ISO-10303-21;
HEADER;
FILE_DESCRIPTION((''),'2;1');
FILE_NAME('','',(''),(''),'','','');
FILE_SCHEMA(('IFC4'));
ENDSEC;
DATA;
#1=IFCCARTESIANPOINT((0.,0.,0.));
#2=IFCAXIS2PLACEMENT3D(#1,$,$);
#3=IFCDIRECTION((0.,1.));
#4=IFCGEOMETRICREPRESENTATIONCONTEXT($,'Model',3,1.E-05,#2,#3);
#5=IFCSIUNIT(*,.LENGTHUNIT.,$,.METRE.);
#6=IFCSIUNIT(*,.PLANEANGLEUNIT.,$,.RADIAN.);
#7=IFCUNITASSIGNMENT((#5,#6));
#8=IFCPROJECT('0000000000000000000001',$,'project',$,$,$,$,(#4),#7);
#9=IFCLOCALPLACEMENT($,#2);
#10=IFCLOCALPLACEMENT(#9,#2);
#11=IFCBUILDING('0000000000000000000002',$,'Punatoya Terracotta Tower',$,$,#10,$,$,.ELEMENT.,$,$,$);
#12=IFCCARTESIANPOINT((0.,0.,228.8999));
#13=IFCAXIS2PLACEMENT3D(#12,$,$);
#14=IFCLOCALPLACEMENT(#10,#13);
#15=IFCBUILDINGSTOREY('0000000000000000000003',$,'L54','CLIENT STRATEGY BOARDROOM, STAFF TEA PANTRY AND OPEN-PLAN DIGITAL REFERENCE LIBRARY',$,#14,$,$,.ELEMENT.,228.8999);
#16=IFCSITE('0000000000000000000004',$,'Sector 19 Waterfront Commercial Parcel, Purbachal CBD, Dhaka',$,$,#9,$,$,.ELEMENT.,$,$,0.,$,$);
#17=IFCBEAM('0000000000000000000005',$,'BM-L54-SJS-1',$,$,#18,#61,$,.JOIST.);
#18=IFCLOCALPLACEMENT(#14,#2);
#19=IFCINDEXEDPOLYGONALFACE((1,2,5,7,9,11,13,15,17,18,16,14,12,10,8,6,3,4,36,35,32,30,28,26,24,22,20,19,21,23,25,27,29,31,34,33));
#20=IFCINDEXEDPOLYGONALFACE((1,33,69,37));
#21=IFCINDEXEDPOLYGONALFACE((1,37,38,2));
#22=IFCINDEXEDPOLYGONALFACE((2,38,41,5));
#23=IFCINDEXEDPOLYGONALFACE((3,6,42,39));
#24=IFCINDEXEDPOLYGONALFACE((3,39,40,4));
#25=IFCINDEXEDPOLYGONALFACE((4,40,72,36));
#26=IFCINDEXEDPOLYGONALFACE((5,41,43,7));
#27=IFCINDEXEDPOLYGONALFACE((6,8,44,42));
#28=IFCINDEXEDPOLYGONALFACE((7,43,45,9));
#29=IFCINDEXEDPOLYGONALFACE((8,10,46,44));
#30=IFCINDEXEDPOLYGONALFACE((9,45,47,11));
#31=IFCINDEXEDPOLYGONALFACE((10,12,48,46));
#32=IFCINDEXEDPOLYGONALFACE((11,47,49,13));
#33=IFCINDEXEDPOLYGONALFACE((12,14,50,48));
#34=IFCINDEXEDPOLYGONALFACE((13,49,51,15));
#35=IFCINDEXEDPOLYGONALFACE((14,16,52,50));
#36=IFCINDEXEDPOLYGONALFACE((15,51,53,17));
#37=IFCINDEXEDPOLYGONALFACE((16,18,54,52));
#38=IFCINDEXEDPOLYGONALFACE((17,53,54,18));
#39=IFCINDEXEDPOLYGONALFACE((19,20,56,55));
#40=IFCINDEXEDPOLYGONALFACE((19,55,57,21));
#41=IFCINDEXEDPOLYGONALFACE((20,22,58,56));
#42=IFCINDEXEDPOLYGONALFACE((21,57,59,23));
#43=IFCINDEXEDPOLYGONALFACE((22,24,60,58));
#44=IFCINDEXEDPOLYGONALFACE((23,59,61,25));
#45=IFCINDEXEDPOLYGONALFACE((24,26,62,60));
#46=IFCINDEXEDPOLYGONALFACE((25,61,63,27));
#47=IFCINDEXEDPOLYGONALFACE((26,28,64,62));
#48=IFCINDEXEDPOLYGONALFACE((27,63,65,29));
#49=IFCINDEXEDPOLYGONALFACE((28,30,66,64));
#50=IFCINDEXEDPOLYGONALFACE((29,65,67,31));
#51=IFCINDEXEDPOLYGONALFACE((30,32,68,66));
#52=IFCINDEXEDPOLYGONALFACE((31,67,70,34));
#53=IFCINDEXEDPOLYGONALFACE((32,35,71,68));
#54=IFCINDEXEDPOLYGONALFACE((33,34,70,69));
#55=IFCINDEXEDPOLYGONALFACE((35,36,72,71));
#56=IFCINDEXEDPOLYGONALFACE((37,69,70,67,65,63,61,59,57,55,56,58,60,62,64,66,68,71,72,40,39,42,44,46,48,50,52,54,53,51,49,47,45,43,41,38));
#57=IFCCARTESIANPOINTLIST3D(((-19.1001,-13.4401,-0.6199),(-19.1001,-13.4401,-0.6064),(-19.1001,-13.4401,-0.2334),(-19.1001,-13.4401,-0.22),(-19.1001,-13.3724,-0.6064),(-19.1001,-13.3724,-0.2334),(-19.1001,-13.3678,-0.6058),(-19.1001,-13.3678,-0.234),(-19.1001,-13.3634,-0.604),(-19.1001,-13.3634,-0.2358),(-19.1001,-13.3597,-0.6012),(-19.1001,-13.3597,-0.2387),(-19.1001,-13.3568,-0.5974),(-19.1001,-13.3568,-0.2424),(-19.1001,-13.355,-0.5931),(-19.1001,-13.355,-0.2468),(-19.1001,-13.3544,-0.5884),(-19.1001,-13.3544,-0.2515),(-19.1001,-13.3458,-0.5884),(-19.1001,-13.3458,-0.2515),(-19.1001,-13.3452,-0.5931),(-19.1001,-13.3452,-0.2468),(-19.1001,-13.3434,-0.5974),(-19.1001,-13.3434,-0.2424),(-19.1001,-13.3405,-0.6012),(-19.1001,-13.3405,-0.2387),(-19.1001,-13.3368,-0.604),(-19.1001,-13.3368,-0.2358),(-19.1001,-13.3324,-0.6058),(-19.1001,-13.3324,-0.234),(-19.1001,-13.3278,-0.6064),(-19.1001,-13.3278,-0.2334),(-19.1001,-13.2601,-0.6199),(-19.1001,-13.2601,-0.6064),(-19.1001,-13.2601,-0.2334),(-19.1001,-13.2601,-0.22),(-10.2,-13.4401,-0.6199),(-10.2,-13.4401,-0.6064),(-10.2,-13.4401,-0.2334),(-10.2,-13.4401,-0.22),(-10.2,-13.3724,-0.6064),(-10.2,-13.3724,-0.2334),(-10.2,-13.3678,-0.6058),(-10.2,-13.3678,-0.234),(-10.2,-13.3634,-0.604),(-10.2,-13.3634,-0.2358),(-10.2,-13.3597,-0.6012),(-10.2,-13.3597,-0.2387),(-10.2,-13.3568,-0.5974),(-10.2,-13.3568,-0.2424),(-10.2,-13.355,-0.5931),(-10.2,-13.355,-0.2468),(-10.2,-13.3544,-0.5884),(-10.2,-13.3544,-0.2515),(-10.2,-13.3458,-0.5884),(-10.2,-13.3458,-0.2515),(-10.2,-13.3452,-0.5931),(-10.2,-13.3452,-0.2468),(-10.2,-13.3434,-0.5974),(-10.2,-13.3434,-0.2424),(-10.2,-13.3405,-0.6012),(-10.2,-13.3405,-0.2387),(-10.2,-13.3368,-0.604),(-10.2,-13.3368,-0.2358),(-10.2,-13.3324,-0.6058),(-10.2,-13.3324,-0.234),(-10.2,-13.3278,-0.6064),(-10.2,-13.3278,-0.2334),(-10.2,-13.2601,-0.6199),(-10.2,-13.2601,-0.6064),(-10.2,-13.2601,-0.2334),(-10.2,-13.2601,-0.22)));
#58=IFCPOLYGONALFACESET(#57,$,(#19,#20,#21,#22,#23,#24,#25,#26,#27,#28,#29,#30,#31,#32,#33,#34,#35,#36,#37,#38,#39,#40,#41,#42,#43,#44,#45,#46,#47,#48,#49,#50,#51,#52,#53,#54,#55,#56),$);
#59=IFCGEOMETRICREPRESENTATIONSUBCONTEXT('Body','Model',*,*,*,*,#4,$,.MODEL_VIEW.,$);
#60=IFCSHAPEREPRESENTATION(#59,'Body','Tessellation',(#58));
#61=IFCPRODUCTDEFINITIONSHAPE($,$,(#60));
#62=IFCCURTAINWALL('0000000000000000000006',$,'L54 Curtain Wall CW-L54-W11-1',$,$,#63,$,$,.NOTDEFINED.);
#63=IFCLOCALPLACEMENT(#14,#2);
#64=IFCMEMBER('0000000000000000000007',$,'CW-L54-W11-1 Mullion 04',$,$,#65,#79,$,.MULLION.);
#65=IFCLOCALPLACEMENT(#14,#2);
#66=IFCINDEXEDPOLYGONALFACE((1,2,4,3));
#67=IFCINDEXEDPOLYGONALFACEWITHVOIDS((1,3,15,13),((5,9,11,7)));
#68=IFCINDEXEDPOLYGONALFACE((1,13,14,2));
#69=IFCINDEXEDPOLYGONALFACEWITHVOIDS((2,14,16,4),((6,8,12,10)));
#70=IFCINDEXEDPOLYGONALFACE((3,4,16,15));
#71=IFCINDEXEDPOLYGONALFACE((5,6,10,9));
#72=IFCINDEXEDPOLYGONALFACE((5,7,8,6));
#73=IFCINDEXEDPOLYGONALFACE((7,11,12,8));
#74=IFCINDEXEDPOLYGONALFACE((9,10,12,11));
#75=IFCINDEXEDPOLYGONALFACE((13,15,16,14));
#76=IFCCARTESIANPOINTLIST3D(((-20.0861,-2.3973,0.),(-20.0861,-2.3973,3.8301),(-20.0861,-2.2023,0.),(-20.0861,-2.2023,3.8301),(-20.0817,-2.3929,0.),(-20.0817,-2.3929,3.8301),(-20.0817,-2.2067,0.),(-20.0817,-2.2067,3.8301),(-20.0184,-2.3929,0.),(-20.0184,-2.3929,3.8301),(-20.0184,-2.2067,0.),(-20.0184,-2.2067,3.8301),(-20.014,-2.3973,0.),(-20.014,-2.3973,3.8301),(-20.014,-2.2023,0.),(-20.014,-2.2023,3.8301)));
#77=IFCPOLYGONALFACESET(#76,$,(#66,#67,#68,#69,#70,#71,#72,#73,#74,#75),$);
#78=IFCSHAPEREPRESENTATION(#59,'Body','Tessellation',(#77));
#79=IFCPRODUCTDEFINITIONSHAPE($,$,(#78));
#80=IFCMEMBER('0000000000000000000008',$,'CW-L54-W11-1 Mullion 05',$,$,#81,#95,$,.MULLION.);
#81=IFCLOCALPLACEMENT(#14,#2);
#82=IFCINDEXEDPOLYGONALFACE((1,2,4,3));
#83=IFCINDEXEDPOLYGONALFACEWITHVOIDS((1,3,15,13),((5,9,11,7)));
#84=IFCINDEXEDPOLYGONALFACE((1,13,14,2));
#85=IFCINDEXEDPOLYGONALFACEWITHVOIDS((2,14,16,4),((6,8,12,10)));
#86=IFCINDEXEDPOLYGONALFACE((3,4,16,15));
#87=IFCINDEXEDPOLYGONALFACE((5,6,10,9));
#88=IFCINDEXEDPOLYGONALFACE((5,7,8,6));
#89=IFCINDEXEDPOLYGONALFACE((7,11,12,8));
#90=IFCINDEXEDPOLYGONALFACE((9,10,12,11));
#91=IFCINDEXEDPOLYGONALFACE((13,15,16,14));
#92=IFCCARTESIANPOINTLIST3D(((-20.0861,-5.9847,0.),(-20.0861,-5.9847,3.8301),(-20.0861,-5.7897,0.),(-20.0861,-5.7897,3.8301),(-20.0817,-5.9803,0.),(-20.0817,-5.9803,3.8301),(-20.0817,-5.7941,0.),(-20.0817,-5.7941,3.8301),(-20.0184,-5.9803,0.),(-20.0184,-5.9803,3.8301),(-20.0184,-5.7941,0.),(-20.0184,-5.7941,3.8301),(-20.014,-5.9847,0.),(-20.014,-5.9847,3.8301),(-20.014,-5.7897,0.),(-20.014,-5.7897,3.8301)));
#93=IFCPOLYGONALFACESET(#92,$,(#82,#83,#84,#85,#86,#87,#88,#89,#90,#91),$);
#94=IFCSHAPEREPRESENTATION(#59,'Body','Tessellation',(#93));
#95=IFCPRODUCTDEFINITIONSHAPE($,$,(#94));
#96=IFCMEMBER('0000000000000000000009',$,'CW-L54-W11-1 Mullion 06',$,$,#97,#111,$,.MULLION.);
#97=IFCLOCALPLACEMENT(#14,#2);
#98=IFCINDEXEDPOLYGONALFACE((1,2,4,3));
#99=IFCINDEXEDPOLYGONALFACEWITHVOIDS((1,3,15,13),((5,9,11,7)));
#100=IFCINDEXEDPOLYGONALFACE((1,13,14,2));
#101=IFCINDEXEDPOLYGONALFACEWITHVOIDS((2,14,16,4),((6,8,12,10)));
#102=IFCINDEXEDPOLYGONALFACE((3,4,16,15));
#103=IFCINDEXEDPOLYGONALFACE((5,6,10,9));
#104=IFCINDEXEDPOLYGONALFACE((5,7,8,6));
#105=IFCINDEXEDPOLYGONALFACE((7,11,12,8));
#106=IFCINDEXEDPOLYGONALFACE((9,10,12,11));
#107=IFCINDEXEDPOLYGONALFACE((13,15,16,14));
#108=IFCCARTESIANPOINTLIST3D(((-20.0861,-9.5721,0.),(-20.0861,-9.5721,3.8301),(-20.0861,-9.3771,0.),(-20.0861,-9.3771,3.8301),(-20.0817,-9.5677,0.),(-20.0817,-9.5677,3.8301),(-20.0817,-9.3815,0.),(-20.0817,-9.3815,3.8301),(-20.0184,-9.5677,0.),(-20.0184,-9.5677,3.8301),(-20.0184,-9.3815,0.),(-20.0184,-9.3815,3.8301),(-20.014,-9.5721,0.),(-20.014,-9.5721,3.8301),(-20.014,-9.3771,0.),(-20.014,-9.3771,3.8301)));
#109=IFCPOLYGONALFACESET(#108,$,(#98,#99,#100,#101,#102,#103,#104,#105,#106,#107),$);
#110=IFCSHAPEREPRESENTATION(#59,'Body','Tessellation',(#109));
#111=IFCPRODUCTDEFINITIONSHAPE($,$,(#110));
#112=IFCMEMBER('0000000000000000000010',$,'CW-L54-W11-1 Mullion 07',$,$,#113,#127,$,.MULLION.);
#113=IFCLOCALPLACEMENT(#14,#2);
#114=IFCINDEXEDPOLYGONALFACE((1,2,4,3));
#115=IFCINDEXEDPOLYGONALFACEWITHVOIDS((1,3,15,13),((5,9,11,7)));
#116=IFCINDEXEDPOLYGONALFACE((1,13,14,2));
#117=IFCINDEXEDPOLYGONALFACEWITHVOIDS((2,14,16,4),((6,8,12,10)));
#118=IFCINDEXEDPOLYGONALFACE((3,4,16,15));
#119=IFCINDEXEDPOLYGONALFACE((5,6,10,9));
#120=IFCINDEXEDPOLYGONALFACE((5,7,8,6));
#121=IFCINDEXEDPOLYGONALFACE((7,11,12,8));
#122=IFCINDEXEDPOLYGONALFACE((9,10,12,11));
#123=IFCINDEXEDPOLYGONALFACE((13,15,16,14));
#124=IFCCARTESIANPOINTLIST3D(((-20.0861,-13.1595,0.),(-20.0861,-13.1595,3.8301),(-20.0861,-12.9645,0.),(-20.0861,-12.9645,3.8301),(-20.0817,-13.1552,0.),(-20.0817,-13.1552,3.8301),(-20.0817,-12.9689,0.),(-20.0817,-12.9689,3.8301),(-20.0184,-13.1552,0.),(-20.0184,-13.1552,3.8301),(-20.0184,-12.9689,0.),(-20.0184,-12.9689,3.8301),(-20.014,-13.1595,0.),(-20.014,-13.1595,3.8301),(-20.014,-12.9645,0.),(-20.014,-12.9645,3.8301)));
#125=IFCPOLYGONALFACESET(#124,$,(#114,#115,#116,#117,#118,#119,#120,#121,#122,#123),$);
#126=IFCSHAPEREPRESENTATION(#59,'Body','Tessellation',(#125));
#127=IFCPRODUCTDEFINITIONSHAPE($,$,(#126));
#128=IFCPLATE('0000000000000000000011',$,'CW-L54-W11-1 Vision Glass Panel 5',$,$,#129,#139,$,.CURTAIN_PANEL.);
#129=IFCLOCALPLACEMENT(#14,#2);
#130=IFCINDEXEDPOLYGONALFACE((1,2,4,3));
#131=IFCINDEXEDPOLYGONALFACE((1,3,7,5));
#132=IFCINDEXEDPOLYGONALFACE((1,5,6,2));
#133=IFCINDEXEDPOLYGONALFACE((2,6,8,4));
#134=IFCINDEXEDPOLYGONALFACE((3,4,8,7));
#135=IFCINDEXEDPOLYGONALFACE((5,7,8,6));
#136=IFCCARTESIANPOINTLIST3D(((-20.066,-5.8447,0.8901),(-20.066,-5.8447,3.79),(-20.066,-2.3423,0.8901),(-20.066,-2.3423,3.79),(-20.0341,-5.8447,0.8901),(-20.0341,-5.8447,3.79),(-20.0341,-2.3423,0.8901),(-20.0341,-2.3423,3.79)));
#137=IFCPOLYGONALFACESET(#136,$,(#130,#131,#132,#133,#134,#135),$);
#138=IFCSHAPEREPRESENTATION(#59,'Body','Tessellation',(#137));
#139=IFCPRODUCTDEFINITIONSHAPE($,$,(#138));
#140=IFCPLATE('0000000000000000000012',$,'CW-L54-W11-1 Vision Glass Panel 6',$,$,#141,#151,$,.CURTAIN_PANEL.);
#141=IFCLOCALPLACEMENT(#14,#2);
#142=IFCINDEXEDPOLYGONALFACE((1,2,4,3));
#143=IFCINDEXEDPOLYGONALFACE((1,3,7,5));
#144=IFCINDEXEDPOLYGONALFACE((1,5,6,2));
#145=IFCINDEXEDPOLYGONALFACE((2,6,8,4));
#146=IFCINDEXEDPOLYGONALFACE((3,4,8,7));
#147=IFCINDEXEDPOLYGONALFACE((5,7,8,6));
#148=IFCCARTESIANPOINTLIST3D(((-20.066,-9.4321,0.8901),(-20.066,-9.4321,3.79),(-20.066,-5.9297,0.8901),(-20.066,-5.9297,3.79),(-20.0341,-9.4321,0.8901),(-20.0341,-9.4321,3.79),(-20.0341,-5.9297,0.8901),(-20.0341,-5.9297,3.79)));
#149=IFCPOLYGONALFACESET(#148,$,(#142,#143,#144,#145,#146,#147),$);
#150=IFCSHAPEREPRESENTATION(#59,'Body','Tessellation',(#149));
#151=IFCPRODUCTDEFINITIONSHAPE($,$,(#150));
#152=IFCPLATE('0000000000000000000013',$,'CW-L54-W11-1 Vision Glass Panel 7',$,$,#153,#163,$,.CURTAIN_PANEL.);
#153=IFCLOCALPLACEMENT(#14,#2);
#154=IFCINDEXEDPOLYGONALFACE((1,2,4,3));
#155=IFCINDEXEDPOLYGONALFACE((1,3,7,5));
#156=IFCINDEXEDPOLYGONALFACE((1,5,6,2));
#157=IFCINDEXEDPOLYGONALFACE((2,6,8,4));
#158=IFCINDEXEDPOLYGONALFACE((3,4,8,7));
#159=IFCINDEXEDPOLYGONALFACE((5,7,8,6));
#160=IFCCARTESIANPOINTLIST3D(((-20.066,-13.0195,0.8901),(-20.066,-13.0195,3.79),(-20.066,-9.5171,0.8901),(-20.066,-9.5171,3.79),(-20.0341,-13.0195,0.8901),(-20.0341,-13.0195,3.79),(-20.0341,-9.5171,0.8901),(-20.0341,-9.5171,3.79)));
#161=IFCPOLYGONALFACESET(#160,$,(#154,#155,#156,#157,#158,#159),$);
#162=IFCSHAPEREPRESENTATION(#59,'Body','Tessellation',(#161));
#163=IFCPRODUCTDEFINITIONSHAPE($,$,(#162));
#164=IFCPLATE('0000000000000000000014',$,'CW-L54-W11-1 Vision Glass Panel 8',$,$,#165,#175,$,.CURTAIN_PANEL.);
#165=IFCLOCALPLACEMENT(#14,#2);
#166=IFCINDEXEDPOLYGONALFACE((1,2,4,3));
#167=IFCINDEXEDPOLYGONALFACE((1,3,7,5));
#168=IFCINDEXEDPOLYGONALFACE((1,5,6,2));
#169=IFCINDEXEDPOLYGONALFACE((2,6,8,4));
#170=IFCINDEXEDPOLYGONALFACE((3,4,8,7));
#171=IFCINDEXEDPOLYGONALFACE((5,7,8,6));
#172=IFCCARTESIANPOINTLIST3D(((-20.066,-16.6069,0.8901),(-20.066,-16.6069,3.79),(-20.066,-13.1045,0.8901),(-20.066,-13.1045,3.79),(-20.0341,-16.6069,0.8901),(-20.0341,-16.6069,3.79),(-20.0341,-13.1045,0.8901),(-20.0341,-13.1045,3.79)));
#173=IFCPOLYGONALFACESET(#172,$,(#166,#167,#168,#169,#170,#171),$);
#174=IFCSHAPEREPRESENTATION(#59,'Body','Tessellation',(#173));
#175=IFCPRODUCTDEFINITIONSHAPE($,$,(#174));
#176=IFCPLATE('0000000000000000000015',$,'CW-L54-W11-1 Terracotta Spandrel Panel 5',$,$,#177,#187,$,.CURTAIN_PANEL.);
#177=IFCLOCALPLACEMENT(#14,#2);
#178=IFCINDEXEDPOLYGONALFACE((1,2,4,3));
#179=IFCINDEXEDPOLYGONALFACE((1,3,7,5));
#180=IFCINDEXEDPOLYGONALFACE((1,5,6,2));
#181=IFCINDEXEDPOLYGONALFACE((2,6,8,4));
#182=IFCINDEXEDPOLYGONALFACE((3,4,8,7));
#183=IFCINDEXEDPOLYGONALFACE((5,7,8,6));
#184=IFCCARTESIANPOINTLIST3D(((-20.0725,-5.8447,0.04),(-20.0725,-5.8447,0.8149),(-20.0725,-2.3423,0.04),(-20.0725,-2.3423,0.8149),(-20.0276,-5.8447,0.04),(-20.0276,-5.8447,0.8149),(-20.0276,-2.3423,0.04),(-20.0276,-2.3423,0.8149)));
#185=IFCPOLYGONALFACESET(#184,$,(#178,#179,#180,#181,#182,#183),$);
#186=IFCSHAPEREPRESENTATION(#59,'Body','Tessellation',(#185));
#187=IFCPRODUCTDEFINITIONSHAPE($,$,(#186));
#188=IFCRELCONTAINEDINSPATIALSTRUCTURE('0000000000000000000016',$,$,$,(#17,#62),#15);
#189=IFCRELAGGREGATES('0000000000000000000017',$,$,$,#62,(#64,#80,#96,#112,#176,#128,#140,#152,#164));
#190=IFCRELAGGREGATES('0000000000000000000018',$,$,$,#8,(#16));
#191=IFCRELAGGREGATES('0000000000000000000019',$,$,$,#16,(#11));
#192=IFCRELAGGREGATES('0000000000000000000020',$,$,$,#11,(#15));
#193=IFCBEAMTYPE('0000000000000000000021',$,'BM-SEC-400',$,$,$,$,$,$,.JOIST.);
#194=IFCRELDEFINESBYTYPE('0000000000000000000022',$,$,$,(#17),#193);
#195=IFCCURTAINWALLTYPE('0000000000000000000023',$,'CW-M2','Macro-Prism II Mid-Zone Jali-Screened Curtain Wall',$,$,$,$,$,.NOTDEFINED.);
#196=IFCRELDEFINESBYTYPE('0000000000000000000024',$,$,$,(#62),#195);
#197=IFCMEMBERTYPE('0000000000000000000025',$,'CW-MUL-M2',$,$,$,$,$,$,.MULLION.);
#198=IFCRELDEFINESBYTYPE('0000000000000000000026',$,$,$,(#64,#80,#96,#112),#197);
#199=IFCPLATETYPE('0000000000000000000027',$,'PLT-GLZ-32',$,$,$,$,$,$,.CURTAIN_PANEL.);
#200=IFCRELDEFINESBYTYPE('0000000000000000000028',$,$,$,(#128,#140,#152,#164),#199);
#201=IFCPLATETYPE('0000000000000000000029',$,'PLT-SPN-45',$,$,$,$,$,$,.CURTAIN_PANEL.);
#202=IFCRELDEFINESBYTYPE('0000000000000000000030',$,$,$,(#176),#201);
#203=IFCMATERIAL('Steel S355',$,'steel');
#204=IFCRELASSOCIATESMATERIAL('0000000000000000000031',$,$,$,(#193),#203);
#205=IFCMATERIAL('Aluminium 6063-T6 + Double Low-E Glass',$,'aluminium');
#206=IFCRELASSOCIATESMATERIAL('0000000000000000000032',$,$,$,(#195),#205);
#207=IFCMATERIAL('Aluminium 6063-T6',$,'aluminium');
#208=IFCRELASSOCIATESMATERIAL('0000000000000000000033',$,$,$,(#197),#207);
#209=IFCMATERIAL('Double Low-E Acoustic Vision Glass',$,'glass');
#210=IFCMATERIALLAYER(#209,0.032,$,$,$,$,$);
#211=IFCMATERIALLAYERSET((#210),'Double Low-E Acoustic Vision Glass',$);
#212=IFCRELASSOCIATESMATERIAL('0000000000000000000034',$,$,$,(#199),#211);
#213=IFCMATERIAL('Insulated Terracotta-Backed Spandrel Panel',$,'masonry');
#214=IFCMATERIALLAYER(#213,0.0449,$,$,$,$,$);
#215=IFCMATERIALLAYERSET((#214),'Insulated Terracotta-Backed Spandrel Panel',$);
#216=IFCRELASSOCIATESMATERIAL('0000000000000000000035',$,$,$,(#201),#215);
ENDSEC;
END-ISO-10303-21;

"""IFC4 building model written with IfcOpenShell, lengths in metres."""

from ifc_helpers import new_model, si_unit, direction, frame, origin, origin_2d, place, context, subcontext, project, spatial, rectangle, hollow_rectangle, i_section, extrude, material, layer, layer_set, material_profile, profile_set, type_object, element, aggregate, save


model = new_model("IFC4")

# Units and contexts
model_context = context("Model", 3, precision=1e-05, world=origin(), true_north=direction((0.0, 1.0)))
body_context = subcontext(model_context, "Body", "Model", "MODEL_VIEW")
ifc_project = project(units=[si_unit("LENGTHUNIT", "METRE"), si_unit("PLANEANGLEUNIT", "RADIAN")], contexts=[model_context])

# Site, building, storey
site_placement = place(None, origin())
site = spatial("IfcSite", under=ifc_project, at=site_placement, Name="Sector 19 Waterfront Commercial Parcel, Purbachal CBD, Dhaka", CompositionType="ELEMENT", RefElevation=0.0)
building_placement = place(site_placement, origin())
building = spatial("IfcBuilding", under=site, at=building_placement, Name="Punatoya Terracotta Tower", CompositionType="ELEMENT")
storey_placement = place(building_placement, frame((0.0, 0.0, 228.8999)))
storey = spatial("IfcBuildingStorey", under=building, at=storey_placement, Name="L54", Description="CLIENT STRATEGY BOARDROOM, STAFF TEA PANTRY AND OPEN-PLAN DIGITAL REFERENCE LIBRARY", CompositionType="ELEMENT", Elevation=228.8999)

# Beam
ifc_material_1 = material(Name="Steel S355", Category="steel")
ifc_material_profile_1 = material_profile(ifc_material_1, i_section(OverallWidth=0.1799, OverallDepth=0.3999, WebThickness=0.0085, FlangeThickness=0.0134, FilletRadius=0.0181, at=origin_2d()))
ifc_profile_set_1 = profile_set([ifc_material_profile_1], Name="Steel S355")
beam_type_1 = type_object("IfcBeamType", Name="BM-SEC-400", PredefinedType="JOIST", material=ifc_profile_set_1)
beam_1_placement = place(storey_placement, frame((-19.1001, -13.3501, -0.4199), z_axis=(1.0, 0.0, 0.0), x_axis=(0.0, 1.0, 0.0)))
element("IfcBeam", 1, at=beam_1_placement, inside=storey, type_object=beam_type_1, Name="BM-L54-SJS-1", PredefinedType="JOIST", context=body_context, shape_type="SweptSolid", body=[
    extrude(i_section(OverallWidth=0.1799, OverallDepth=0.3999, WebThickness=0.0085, FlangeThickness=0.0134, FilletRadius=0.0181, at=origin_2d()), origin(), (0.0, 0.0, 1.0), 8.9001),
])

# Curtain wall, members, plates
ifc_material_2 = material(Name="Aluminium 6063-T6 + Double Low-E Glass", Category="aluminium")
curtain_wall_type = type_object("IfcCurtainWallType", Name="CW-M2", Description="Macro-Prism II Mid-Zone Jali-Screened Curtain Wall", PredefinedType="NOTDEFINED", material=ifc_material_2)
curtain_wall_placement = place(storey_placement, origin())
curtain_wall = element("IfcCurtainWall", 2, at=curtain_wall_placement, inside=storey, type_object=curtain_wall_type, Name="L54 Curtain Wall CW-L54-W11-1", PredefinedType="NOTDEFINED")
ifc_material_3 = material(Name="Aluminium 6063-T6", Category="aluminium")
ifc_material_profile_2 = material_profile(ifc_material_3, hollow_rectangle(XDim=0.072, YDim=0.1951, WallThickness=0.0044, at=origin_2d()))
ifc_profile_set_2 = profile_set([ifc_material_profile_2], Name="Aluminium 6063-T6")
member_type = type_object("IfcMemberType", Name="CW-MUL-M2", PredefinedType="MULLION", material=ifc_profile_set_2)
member_1_placement = place(storey_placement, frame((-20.05, -2.2998, 0.0), z_axis=(0.0, 0.0, 1.0), x_axis=(1.0, 0.0, 0.0)))
member_1 = element("IfcMember", 3, at=member_1_placement, type_object=member_type, Name="CW-L54-W11-1 Mullion 04", PredefinedType="MULLION", context=body_context, shape_type="SweptSolid", body=[
    extrude(hollow_rectangle(XDim=0.072, YDim=0.1951, WallThickness=0.0044, at=origin_2d()), origin(), (0.0, 0.0, 1.0), 3.8301),
])
member_2_placement = place(storey_placement, frame((-20.05, -5.8872, 0.0), z_axis=(0.0, 0.0, 1.0), x_axis=(1.0, 0.0, 0.0)))
member_2 = element("IfcMember", 4, at=member_2_placement, type_object=member_type, Name="CW-L54-W11-1 Mullion 05", PredefinedType="MULLION", context=body_context, shape_type="SweptSolid", body=[
    extrude(hollow_rectangle(XDim=0.072, YDim=0.1951, WallThickness=0.0044, at=origin_2d()), origin(), (0.0, 0.0, 1.0), 3.8301),
])
member_3_placement = place(storey_placement, frame((-20.05, -9.4746, 0.0), z_axis=(0.0, 0.0, 1.0), x_axis=(1.0, 0.0, 0.0)))
member_3 = element("IfcMember", 5, at=member_3_placement, type_object=member_type, Name="CW-L54-W11-1 Mullion 06", PredefinedType="MULLION", context=body_context, shape_type="SweptSolid", body=[
    extrude(hollow_rectangle(XDim=0.072, YDim=0.1951, WallThickness=0.0044, at=origin_2d()), origin(), (0.0, 0.0, 1.0), 3.8301),
])
member_4_placement = place(storey_placement, frame((-20.05, -13.062, 0.0), z_axis=(0.0, 0.0, 1.0), x_axis=(1.0, 0.0, 0.0)))
member_4 = element("IfcMember", 6, at=member_4_placement, type_object=member_type, Name="CW-L54-W11-1 Mullion 07", PredefinedType="MULLION", context=body_context, shape_type="SweptSolid", body=[
    extrude(hollow_rectangle(XDim=0.072, YDim=0.1951, WallThickness=0.0044, at=origin_2d()), origin(), (0.0, 0.0, 1.0), 3.8301),
])
ifc_material_4 = material(Name="Double Low-E Acoustic Vision Glass", Category="glass")
ifc_layer_1 = layer(ifc_material_4, 0.032)
ifc_layer_set_1 = layer_set([ifc_layer_1], Name="Double Low-E Acoustic Vision Glass")
plate_type_1 = type_object("IfcPlateType", Name="PLT-GLZ-32", PredefinedType="CURTAIN_PANEL", material=ifc_layer_set_1)
plate_1_placement = place(storey_placement, frame((-20.05, -4.0935, 0.8901), z_axis=(0.0, 0.0, 1.0), x_axis=(0.0, -1.0, 0.0)))
plate_1 = element("IfcPlate", 7, at=plate_1_placement, type_object=plate_type_1, Name="CW-L54-W11-1 Vision Glass Panel 5", PredefinedType="CURTAIN_PANEL", context=body_context, shape_type="SweptSolid", body=[
    extrude(rectangle(XDim=3.5024, YDim=0.032, at=origin_2d()), origin(), (0.0, 0.0, 1.0), 2.8999),
])
plate_2_placement = place(storey_placement, frame((-20.05, -7.6809, 0.8901), z_axis=(0.0, 0.0, 1.0), x_axis=(0.0, -1.0, 0.0)))
plate_2 = element("IfcPlate", 8, at=plate_2_placement, type_object=plate_type_1, Name="CW-L54-W11-1 Vision Glass Panel 6", PredefinedType="CURTAIN_PANEL", context=body_context, shape_type="SweptSolid", body=[
    extrude(rectangle(XDim=3.5024, YDim=0.032, at=origin_2d()), origin(), (0.0, 0.0, 1.0), 2.8999),
])
plate_3_placement = place(storey_placement, frame((-20.05, -11.2683, 0.8901), z_axis=(0.0, 0.0, 1.0), x_axis=(0.0, -1.0, 0.0)))
plate_3 = element("IfcPlate", 9, at=plate_3_placement, type_object=plate_type_1, Name="CW-L54-W11-1 Vision Glass Panel 7", PredefinedType="CURTAIN_PANEL", context=body_context, shape_type="SweptSolid", body=[
    extrude(rectangle(XDim=3.5024, YDim=0.032, at=origin_2d()), origin(), (0.0, 0.0, 1.0), 2.8999),
])
plate_4_placement = place(storey_placement, frame((-20.05, -14.8557, 0.8901), z_axis=(0.0, 0.0, 1.0), x_axis=(0.0, -1.0, 0.0)))
plate_4 = element("IfcPlate", 10, at=plate_4_placement, type_object=plate_type_1, Name="CW-L54-W11-1 Vision Glass Panel 8", PredefinedType="CURTAIN_PANEL", context=body_context, shape_type="SweptSolid", body=[
    extrude(rectangle(XDim=3.5024, YDim=0.032, at=origin_2d()), origin(), (0.0, 0.0, 1.0), 2.8999),
])
ifc_material_5 = material(Name="Insulated Terracotta-Backed Spandrel Panel", Category="masonry")
ifc_layer_2 = layer(ifc_material_5, 0.0449)
ifc_layer_set_2 = layer_set([ifc_layer_2], Name="Insulated Terracotta-Backed Spandrel Panel")
plate_type_2 = type_object("IfcPlateType", Name="PLT-SPN-45", PredefinedType="CURTAIN_PANEL", material=ifc_layer_set_2)
plate_5_placement = place(storey_placement, frame((-20.05, -4.0935, 0.04), z_axis=(0.0, 0.0, 1.0), x_axis=(0.0, -1.0, 0.0)))
plate_5 = element("IfcPlate", 11, at=plate_5_placement, type_object=plate_type_2, Name="CW-L54-W11-1 Terracotta Spandrel Panel 5", PredefinedType="CURTAIN_PANEL", context=body_context, shape_type="SweptSolid", body=[
    extrude(rectangle(XDim=3.5024, YDim=0.0449, at=origin_2d()), origin(), (0.0, 0.0, 1.0), 0.7749),
])
aggregate(curtain_wall, [member_1, member_2, member_3, member_4, plate_5, plate_1, plate_2, plate_3, plate_4])

save(model, "model.ifc")
